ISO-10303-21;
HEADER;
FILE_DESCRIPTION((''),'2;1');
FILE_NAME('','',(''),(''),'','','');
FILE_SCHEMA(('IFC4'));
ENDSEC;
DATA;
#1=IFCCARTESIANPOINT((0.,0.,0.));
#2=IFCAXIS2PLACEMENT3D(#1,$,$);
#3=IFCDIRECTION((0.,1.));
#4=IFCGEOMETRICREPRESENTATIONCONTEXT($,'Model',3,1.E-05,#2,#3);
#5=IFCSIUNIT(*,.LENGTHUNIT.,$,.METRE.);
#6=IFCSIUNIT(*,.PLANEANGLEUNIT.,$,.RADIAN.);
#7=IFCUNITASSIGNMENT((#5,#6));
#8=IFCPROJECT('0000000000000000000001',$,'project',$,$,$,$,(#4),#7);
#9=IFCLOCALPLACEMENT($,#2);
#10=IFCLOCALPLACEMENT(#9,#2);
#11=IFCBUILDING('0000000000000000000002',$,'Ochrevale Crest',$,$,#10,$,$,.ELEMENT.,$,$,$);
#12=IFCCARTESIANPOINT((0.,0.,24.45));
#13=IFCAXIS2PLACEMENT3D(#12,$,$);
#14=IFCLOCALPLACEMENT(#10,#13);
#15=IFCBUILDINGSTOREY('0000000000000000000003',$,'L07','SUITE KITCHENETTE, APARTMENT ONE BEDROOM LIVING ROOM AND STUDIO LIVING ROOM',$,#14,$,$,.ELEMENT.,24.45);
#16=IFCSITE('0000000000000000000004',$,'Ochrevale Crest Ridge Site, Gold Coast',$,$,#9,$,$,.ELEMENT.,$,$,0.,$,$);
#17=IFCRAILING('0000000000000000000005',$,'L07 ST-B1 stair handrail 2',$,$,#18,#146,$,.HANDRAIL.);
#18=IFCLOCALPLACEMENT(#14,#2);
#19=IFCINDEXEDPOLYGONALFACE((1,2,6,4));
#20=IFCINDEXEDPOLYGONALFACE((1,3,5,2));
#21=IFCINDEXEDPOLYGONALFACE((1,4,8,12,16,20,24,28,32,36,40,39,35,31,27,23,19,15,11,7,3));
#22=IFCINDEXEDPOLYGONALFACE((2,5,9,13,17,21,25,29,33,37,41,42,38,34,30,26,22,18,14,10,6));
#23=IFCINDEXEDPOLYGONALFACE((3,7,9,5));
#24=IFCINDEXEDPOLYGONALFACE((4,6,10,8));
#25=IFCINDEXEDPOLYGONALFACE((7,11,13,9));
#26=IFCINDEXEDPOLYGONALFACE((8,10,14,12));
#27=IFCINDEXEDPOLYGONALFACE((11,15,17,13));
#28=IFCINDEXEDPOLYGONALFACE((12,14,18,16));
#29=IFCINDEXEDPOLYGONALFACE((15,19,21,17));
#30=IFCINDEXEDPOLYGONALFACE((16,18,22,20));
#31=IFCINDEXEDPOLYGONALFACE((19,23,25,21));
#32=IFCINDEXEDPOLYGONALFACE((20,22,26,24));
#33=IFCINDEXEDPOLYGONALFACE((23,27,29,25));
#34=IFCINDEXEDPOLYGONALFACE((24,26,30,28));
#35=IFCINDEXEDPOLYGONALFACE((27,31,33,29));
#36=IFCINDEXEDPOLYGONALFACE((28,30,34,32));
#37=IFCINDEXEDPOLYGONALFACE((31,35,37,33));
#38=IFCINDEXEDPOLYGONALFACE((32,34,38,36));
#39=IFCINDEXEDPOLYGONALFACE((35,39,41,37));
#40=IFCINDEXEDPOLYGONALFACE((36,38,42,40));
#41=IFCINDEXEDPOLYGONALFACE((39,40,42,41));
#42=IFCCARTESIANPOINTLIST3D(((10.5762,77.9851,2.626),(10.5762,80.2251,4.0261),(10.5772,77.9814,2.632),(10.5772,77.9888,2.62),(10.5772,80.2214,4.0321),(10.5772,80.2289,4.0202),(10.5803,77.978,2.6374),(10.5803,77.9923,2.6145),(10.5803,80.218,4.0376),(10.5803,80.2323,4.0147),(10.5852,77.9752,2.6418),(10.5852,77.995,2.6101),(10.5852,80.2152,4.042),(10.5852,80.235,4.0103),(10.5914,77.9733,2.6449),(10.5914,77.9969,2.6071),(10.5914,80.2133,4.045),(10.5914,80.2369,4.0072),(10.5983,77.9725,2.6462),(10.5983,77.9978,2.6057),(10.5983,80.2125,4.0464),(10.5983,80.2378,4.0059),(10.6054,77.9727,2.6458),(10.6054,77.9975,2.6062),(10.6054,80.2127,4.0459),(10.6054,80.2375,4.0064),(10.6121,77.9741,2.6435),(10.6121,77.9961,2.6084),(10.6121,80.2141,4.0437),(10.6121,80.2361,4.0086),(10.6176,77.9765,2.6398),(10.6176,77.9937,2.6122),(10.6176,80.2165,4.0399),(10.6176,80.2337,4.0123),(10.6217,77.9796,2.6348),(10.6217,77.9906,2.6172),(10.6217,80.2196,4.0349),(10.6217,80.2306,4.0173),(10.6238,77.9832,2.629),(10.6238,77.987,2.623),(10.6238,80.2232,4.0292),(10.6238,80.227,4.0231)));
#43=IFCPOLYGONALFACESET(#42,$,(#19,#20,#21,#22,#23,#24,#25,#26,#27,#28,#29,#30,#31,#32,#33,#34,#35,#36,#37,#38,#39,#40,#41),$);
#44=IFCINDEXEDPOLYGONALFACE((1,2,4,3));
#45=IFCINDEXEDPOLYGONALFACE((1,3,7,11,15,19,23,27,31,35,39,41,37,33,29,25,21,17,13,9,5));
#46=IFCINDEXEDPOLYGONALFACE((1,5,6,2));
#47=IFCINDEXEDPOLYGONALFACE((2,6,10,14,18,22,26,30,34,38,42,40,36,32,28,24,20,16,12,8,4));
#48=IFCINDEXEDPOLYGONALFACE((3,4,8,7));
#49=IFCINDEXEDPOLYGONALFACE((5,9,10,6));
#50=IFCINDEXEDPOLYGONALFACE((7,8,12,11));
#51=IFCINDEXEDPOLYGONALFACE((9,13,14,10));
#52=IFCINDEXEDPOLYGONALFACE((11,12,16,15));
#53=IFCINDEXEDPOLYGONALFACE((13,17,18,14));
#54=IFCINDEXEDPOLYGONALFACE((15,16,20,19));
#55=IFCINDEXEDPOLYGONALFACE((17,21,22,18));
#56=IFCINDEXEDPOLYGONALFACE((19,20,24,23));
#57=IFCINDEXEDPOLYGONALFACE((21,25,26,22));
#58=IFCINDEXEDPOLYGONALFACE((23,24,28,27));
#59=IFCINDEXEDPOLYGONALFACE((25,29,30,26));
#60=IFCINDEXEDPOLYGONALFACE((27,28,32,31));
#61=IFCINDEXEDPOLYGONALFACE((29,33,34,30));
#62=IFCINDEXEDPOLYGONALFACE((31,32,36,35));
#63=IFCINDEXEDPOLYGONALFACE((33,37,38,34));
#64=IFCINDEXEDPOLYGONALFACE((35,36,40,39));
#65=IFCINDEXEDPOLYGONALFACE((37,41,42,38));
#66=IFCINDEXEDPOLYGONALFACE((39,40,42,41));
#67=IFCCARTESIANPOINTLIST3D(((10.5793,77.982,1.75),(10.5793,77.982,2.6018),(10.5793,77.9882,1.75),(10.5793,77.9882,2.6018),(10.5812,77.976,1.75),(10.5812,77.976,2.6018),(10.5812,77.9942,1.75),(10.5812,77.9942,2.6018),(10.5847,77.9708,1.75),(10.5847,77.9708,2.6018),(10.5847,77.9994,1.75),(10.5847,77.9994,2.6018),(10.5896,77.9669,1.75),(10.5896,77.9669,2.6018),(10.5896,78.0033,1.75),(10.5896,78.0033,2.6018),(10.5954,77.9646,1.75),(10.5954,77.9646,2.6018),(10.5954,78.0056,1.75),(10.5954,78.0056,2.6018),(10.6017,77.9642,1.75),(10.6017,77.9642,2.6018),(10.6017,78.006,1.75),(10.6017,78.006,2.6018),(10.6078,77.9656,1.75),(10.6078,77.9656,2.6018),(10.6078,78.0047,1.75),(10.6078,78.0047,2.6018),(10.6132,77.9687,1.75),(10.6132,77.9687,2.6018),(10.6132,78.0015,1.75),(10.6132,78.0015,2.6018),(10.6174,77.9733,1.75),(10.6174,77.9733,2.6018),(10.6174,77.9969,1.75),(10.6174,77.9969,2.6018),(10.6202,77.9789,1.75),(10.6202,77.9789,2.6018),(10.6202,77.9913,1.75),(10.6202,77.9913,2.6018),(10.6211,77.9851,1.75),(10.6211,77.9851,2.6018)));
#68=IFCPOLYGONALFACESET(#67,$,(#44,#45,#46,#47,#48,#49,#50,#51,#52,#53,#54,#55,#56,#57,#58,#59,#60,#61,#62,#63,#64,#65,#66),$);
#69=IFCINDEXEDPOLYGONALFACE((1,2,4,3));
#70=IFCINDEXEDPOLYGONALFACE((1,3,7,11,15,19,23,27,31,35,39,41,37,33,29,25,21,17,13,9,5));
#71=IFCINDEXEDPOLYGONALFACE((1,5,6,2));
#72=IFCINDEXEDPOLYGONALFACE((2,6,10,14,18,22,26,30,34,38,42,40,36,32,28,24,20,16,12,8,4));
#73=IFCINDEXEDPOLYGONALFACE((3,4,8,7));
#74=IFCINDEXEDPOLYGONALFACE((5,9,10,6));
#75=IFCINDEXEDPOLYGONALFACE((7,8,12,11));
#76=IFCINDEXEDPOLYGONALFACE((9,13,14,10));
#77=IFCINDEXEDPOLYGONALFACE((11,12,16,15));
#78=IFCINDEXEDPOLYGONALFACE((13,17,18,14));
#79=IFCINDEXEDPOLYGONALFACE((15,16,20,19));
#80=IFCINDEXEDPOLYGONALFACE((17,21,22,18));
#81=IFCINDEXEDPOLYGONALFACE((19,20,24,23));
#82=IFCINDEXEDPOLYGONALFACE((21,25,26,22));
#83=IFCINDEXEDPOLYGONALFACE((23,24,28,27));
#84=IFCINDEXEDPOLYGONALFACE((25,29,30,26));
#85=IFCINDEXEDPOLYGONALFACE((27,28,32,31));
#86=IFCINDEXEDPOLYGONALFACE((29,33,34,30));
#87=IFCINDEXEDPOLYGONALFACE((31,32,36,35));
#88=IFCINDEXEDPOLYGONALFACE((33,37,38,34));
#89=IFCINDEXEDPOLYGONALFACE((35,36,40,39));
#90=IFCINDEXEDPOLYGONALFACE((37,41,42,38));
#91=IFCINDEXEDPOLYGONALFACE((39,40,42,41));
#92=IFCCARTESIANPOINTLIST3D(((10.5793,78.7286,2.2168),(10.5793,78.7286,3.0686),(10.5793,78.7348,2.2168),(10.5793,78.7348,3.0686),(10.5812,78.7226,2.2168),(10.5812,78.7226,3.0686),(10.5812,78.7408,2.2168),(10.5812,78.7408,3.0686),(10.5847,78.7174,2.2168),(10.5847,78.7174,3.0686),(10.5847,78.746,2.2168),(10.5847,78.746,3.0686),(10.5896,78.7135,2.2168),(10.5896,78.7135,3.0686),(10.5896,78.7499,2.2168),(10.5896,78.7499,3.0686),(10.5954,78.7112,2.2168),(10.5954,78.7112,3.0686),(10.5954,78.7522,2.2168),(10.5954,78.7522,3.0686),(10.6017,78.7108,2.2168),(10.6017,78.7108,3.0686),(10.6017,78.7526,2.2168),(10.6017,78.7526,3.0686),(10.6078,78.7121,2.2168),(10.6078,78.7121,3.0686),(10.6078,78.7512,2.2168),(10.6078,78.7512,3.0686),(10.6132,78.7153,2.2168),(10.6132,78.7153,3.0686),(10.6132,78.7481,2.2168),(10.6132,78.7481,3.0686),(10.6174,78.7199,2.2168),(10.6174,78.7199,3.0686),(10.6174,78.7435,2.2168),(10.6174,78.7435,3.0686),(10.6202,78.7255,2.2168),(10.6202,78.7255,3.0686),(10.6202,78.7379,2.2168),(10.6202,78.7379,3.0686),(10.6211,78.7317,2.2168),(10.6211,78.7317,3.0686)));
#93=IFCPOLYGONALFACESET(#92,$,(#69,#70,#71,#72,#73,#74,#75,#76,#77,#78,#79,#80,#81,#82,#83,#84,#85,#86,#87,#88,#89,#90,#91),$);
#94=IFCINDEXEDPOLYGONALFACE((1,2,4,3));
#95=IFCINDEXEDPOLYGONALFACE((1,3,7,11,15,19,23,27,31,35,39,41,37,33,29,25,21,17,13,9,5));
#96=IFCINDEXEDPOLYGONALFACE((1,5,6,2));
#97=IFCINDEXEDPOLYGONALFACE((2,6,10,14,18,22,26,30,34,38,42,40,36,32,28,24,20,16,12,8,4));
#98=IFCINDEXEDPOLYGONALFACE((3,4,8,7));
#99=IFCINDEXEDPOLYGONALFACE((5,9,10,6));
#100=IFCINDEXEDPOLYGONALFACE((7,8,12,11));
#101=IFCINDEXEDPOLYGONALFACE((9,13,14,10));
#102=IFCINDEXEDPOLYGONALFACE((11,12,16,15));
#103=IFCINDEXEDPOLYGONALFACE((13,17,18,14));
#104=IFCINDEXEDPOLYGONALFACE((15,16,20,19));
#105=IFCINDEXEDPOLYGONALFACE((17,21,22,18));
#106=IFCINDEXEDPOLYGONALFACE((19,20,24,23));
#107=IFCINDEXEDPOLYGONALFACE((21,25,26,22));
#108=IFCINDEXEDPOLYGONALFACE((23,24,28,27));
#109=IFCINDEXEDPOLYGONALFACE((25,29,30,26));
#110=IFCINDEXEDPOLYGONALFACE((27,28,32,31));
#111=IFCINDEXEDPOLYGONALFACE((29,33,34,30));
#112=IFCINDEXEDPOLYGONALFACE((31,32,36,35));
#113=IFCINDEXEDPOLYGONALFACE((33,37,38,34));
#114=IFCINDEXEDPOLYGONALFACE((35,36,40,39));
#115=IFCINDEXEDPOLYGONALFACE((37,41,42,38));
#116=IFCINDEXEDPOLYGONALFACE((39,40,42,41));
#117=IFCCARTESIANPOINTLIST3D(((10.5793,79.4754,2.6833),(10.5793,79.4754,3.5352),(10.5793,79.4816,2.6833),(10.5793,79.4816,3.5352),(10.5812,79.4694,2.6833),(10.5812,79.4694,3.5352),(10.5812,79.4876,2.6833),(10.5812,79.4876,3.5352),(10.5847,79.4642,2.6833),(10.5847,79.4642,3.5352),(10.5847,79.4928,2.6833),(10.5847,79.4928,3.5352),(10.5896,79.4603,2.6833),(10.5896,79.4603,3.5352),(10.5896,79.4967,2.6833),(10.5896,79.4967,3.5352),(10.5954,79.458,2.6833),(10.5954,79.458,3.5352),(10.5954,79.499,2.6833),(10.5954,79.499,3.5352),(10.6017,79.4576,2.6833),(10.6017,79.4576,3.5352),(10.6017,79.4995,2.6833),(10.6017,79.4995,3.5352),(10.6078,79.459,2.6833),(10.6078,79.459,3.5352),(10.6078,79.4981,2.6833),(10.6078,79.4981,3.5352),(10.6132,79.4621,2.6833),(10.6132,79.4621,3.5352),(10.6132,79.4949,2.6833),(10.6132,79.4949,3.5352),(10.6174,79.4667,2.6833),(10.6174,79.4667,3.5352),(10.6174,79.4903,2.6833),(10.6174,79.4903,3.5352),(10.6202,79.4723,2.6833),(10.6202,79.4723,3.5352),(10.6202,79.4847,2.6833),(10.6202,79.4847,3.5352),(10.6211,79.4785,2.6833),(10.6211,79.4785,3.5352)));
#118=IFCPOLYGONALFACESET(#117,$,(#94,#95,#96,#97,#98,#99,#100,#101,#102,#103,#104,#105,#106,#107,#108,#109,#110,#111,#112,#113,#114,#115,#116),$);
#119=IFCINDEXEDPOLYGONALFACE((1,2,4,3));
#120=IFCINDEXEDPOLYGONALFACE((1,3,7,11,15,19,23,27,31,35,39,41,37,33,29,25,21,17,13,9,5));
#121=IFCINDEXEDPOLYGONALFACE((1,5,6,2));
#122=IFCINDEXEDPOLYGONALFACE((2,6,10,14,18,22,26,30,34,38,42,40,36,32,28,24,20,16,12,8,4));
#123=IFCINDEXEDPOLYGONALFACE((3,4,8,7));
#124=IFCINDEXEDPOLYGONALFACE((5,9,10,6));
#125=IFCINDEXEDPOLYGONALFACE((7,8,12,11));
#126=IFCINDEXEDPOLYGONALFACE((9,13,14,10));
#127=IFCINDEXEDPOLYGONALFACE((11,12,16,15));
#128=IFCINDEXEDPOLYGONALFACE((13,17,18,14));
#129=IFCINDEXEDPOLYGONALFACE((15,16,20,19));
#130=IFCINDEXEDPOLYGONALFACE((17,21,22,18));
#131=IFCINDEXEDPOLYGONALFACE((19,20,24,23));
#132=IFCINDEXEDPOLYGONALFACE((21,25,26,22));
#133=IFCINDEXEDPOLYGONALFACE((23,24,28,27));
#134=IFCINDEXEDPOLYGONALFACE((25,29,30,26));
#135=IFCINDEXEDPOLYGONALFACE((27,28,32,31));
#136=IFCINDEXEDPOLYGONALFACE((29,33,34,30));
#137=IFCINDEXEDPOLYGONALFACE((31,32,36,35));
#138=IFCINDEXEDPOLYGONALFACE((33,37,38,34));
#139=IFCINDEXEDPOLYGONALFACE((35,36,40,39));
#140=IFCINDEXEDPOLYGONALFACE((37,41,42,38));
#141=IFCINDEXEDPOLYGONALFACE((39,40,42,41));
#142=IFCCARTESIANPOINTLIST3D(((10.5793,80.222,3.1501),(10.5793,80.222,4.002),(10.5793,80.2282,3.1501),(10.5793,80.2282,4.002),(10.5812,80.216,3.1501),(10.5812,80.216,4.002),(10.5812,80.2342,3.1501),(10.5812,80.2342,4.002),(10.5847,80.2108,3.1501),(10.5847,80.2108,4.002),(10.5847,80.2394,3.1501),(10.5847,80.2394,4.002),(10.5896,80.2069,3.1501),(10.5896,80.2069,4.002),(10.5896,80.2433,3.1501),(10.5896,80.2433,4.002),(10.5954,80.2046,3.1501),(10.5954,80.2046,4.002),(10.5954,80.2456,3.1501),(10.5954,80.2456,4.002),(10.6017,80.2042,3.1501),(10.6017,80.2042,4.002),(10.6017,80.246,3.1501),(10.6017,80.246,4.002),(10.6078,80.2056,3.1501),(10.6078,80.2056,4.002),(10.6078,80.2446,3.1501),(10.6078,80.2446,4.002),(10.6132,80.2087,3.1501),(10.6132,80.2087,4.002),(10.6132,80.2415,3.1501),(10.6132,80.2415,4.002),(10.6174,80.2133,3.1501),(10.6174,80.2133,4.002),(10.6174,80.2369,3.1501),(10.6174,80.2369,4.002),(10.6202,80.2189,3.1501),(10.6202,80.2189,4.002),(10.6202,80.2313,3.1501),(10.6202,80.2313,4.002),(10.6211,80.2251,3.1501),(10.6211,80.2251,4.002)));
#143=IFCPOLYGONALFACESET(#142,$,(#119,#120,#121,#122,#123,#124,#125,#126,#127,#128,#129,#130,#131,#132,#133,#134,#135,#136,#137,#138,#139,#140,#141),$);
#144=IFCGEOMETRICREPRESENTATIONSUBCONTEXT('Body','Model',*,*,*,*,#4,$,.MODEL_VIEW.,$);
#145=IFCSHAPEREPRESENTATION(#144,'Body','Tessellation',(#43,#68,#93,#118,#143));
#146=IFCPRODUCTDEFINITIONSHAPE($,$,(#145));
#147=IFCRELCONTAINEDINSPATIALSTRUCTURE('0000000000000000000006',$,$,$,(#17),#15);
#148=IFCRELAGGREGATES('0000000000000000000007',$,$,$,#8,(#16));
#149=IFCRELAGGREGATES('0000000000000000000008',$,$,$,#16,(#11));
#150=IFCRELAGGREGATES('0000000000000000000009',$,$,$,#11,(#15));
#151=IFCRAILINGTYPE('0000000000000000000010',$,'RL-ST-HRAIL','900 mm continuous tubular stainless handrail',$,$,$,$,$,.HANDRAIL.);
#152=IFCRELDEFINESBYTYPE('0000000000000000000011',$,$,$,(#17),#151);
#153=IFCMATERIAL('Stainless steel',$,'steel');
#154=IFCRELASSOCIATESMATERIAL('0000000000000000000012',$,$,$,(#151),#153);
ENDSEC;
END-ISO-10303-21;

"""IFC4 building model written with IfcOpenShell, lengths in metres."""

from ifc_helpers import new_model, si_unit, direction, frame, origin, origin_2d, place, context, subcontext, project, spatial, circle, extrude, material, type_object, element, save


model = new_model("IFC4")

# Units and contexts
model_context = context("Model", 3, precision=1e-05, world=origin(), true_north=direction((0.0, 1.0)))
body_context = subcontext(model_context, "Body", "Model", "MODEL_VIEW")
ifc_project = project(units=[si_unit("LENGTHUNIT", "METRE"), si_unit("PLANEANGLEUNIT", "RADIAN")], contexts=[model_context])

# Site, building, storey
site_placement = place(None, origin())
site = spatial("IfcSite", under=ifc_project, at=site_placement, Name="Ochrevale Crest Ridge Site, Gold Coast", CompositionType="ELEMENT", RefElevation=0.0)
building_placement = place(site_placement, origin())
building = spatial("IfcBuilding", under=site, at=building_placement, Name="Ochrevale Crest", CompositionType="ELEMENT")
storey_placement = place(building_placement, frame((0.0, 0.0, 24.45)))
storey = spatial("IfcBuildingStorey", under=building, at=storey_placement, Name="L07", Description="SUITE KITCHENETTE, APARTMENT ONE BEDROOM LIVING ROOM AND STUDIO LIVING ROOM", CompositionType="ELEMENT", Elevation=24.45)

# Railing
ifc_material_1 = material(Name="Stainless steel", Category="steel")
railing_type_1 = type_object("IfcRailingType", Name="RL-ST-HRAIL", Description="900 mm continuous tubular stainless handrail", PredefinedType="HANDRAIL", material=ifc_material_1)
railing_1_placement = place(storey_placement, frame((10.6001, 77.9851, 1.75)))
element("IfcRailing", 1, at=railing_1_placement, inside=storey, type_object=railing_type_1, Name="L07 ST-B1 stair handrail 2", PredefinedType="HANDRAIL", context=body_context, shape_type="SweptSolid", body=[
    extrude(circle(Radius=0.0239, at=origin_2d()), frame((0.0, 0.0, 0.876), z_axis=(0.0, 0.847972, 0.53004), x_axis=(-1.0, 0.0, 0.0)), (0.0, 0.0, 1.0), 2.6416),
    extrude(circle(Radius=0.021, at=origin_2d()), origin(), (0.0, 0.0, 1.0), 0.8518),
    extrude(circle(Radius=0.021, at=origin_2d()), frame((0.0, 0.7466, 0.4668)), (0.0, 0.0, 1.0), 0.8518),
    extrude(circle(Radius=0.021, at=origin_2d()), frame((0.0, 1.4934, 0.9333)), (0.0, 0.0, 1.0), 0.8518),
    extrude(circle(Radius=0.021, at=origin_2d()), frame((0.0, 2.24, 1.4001)), (0.0, 0.0, 1.0), 0.8518),
])

save(model, "model.ifc")
